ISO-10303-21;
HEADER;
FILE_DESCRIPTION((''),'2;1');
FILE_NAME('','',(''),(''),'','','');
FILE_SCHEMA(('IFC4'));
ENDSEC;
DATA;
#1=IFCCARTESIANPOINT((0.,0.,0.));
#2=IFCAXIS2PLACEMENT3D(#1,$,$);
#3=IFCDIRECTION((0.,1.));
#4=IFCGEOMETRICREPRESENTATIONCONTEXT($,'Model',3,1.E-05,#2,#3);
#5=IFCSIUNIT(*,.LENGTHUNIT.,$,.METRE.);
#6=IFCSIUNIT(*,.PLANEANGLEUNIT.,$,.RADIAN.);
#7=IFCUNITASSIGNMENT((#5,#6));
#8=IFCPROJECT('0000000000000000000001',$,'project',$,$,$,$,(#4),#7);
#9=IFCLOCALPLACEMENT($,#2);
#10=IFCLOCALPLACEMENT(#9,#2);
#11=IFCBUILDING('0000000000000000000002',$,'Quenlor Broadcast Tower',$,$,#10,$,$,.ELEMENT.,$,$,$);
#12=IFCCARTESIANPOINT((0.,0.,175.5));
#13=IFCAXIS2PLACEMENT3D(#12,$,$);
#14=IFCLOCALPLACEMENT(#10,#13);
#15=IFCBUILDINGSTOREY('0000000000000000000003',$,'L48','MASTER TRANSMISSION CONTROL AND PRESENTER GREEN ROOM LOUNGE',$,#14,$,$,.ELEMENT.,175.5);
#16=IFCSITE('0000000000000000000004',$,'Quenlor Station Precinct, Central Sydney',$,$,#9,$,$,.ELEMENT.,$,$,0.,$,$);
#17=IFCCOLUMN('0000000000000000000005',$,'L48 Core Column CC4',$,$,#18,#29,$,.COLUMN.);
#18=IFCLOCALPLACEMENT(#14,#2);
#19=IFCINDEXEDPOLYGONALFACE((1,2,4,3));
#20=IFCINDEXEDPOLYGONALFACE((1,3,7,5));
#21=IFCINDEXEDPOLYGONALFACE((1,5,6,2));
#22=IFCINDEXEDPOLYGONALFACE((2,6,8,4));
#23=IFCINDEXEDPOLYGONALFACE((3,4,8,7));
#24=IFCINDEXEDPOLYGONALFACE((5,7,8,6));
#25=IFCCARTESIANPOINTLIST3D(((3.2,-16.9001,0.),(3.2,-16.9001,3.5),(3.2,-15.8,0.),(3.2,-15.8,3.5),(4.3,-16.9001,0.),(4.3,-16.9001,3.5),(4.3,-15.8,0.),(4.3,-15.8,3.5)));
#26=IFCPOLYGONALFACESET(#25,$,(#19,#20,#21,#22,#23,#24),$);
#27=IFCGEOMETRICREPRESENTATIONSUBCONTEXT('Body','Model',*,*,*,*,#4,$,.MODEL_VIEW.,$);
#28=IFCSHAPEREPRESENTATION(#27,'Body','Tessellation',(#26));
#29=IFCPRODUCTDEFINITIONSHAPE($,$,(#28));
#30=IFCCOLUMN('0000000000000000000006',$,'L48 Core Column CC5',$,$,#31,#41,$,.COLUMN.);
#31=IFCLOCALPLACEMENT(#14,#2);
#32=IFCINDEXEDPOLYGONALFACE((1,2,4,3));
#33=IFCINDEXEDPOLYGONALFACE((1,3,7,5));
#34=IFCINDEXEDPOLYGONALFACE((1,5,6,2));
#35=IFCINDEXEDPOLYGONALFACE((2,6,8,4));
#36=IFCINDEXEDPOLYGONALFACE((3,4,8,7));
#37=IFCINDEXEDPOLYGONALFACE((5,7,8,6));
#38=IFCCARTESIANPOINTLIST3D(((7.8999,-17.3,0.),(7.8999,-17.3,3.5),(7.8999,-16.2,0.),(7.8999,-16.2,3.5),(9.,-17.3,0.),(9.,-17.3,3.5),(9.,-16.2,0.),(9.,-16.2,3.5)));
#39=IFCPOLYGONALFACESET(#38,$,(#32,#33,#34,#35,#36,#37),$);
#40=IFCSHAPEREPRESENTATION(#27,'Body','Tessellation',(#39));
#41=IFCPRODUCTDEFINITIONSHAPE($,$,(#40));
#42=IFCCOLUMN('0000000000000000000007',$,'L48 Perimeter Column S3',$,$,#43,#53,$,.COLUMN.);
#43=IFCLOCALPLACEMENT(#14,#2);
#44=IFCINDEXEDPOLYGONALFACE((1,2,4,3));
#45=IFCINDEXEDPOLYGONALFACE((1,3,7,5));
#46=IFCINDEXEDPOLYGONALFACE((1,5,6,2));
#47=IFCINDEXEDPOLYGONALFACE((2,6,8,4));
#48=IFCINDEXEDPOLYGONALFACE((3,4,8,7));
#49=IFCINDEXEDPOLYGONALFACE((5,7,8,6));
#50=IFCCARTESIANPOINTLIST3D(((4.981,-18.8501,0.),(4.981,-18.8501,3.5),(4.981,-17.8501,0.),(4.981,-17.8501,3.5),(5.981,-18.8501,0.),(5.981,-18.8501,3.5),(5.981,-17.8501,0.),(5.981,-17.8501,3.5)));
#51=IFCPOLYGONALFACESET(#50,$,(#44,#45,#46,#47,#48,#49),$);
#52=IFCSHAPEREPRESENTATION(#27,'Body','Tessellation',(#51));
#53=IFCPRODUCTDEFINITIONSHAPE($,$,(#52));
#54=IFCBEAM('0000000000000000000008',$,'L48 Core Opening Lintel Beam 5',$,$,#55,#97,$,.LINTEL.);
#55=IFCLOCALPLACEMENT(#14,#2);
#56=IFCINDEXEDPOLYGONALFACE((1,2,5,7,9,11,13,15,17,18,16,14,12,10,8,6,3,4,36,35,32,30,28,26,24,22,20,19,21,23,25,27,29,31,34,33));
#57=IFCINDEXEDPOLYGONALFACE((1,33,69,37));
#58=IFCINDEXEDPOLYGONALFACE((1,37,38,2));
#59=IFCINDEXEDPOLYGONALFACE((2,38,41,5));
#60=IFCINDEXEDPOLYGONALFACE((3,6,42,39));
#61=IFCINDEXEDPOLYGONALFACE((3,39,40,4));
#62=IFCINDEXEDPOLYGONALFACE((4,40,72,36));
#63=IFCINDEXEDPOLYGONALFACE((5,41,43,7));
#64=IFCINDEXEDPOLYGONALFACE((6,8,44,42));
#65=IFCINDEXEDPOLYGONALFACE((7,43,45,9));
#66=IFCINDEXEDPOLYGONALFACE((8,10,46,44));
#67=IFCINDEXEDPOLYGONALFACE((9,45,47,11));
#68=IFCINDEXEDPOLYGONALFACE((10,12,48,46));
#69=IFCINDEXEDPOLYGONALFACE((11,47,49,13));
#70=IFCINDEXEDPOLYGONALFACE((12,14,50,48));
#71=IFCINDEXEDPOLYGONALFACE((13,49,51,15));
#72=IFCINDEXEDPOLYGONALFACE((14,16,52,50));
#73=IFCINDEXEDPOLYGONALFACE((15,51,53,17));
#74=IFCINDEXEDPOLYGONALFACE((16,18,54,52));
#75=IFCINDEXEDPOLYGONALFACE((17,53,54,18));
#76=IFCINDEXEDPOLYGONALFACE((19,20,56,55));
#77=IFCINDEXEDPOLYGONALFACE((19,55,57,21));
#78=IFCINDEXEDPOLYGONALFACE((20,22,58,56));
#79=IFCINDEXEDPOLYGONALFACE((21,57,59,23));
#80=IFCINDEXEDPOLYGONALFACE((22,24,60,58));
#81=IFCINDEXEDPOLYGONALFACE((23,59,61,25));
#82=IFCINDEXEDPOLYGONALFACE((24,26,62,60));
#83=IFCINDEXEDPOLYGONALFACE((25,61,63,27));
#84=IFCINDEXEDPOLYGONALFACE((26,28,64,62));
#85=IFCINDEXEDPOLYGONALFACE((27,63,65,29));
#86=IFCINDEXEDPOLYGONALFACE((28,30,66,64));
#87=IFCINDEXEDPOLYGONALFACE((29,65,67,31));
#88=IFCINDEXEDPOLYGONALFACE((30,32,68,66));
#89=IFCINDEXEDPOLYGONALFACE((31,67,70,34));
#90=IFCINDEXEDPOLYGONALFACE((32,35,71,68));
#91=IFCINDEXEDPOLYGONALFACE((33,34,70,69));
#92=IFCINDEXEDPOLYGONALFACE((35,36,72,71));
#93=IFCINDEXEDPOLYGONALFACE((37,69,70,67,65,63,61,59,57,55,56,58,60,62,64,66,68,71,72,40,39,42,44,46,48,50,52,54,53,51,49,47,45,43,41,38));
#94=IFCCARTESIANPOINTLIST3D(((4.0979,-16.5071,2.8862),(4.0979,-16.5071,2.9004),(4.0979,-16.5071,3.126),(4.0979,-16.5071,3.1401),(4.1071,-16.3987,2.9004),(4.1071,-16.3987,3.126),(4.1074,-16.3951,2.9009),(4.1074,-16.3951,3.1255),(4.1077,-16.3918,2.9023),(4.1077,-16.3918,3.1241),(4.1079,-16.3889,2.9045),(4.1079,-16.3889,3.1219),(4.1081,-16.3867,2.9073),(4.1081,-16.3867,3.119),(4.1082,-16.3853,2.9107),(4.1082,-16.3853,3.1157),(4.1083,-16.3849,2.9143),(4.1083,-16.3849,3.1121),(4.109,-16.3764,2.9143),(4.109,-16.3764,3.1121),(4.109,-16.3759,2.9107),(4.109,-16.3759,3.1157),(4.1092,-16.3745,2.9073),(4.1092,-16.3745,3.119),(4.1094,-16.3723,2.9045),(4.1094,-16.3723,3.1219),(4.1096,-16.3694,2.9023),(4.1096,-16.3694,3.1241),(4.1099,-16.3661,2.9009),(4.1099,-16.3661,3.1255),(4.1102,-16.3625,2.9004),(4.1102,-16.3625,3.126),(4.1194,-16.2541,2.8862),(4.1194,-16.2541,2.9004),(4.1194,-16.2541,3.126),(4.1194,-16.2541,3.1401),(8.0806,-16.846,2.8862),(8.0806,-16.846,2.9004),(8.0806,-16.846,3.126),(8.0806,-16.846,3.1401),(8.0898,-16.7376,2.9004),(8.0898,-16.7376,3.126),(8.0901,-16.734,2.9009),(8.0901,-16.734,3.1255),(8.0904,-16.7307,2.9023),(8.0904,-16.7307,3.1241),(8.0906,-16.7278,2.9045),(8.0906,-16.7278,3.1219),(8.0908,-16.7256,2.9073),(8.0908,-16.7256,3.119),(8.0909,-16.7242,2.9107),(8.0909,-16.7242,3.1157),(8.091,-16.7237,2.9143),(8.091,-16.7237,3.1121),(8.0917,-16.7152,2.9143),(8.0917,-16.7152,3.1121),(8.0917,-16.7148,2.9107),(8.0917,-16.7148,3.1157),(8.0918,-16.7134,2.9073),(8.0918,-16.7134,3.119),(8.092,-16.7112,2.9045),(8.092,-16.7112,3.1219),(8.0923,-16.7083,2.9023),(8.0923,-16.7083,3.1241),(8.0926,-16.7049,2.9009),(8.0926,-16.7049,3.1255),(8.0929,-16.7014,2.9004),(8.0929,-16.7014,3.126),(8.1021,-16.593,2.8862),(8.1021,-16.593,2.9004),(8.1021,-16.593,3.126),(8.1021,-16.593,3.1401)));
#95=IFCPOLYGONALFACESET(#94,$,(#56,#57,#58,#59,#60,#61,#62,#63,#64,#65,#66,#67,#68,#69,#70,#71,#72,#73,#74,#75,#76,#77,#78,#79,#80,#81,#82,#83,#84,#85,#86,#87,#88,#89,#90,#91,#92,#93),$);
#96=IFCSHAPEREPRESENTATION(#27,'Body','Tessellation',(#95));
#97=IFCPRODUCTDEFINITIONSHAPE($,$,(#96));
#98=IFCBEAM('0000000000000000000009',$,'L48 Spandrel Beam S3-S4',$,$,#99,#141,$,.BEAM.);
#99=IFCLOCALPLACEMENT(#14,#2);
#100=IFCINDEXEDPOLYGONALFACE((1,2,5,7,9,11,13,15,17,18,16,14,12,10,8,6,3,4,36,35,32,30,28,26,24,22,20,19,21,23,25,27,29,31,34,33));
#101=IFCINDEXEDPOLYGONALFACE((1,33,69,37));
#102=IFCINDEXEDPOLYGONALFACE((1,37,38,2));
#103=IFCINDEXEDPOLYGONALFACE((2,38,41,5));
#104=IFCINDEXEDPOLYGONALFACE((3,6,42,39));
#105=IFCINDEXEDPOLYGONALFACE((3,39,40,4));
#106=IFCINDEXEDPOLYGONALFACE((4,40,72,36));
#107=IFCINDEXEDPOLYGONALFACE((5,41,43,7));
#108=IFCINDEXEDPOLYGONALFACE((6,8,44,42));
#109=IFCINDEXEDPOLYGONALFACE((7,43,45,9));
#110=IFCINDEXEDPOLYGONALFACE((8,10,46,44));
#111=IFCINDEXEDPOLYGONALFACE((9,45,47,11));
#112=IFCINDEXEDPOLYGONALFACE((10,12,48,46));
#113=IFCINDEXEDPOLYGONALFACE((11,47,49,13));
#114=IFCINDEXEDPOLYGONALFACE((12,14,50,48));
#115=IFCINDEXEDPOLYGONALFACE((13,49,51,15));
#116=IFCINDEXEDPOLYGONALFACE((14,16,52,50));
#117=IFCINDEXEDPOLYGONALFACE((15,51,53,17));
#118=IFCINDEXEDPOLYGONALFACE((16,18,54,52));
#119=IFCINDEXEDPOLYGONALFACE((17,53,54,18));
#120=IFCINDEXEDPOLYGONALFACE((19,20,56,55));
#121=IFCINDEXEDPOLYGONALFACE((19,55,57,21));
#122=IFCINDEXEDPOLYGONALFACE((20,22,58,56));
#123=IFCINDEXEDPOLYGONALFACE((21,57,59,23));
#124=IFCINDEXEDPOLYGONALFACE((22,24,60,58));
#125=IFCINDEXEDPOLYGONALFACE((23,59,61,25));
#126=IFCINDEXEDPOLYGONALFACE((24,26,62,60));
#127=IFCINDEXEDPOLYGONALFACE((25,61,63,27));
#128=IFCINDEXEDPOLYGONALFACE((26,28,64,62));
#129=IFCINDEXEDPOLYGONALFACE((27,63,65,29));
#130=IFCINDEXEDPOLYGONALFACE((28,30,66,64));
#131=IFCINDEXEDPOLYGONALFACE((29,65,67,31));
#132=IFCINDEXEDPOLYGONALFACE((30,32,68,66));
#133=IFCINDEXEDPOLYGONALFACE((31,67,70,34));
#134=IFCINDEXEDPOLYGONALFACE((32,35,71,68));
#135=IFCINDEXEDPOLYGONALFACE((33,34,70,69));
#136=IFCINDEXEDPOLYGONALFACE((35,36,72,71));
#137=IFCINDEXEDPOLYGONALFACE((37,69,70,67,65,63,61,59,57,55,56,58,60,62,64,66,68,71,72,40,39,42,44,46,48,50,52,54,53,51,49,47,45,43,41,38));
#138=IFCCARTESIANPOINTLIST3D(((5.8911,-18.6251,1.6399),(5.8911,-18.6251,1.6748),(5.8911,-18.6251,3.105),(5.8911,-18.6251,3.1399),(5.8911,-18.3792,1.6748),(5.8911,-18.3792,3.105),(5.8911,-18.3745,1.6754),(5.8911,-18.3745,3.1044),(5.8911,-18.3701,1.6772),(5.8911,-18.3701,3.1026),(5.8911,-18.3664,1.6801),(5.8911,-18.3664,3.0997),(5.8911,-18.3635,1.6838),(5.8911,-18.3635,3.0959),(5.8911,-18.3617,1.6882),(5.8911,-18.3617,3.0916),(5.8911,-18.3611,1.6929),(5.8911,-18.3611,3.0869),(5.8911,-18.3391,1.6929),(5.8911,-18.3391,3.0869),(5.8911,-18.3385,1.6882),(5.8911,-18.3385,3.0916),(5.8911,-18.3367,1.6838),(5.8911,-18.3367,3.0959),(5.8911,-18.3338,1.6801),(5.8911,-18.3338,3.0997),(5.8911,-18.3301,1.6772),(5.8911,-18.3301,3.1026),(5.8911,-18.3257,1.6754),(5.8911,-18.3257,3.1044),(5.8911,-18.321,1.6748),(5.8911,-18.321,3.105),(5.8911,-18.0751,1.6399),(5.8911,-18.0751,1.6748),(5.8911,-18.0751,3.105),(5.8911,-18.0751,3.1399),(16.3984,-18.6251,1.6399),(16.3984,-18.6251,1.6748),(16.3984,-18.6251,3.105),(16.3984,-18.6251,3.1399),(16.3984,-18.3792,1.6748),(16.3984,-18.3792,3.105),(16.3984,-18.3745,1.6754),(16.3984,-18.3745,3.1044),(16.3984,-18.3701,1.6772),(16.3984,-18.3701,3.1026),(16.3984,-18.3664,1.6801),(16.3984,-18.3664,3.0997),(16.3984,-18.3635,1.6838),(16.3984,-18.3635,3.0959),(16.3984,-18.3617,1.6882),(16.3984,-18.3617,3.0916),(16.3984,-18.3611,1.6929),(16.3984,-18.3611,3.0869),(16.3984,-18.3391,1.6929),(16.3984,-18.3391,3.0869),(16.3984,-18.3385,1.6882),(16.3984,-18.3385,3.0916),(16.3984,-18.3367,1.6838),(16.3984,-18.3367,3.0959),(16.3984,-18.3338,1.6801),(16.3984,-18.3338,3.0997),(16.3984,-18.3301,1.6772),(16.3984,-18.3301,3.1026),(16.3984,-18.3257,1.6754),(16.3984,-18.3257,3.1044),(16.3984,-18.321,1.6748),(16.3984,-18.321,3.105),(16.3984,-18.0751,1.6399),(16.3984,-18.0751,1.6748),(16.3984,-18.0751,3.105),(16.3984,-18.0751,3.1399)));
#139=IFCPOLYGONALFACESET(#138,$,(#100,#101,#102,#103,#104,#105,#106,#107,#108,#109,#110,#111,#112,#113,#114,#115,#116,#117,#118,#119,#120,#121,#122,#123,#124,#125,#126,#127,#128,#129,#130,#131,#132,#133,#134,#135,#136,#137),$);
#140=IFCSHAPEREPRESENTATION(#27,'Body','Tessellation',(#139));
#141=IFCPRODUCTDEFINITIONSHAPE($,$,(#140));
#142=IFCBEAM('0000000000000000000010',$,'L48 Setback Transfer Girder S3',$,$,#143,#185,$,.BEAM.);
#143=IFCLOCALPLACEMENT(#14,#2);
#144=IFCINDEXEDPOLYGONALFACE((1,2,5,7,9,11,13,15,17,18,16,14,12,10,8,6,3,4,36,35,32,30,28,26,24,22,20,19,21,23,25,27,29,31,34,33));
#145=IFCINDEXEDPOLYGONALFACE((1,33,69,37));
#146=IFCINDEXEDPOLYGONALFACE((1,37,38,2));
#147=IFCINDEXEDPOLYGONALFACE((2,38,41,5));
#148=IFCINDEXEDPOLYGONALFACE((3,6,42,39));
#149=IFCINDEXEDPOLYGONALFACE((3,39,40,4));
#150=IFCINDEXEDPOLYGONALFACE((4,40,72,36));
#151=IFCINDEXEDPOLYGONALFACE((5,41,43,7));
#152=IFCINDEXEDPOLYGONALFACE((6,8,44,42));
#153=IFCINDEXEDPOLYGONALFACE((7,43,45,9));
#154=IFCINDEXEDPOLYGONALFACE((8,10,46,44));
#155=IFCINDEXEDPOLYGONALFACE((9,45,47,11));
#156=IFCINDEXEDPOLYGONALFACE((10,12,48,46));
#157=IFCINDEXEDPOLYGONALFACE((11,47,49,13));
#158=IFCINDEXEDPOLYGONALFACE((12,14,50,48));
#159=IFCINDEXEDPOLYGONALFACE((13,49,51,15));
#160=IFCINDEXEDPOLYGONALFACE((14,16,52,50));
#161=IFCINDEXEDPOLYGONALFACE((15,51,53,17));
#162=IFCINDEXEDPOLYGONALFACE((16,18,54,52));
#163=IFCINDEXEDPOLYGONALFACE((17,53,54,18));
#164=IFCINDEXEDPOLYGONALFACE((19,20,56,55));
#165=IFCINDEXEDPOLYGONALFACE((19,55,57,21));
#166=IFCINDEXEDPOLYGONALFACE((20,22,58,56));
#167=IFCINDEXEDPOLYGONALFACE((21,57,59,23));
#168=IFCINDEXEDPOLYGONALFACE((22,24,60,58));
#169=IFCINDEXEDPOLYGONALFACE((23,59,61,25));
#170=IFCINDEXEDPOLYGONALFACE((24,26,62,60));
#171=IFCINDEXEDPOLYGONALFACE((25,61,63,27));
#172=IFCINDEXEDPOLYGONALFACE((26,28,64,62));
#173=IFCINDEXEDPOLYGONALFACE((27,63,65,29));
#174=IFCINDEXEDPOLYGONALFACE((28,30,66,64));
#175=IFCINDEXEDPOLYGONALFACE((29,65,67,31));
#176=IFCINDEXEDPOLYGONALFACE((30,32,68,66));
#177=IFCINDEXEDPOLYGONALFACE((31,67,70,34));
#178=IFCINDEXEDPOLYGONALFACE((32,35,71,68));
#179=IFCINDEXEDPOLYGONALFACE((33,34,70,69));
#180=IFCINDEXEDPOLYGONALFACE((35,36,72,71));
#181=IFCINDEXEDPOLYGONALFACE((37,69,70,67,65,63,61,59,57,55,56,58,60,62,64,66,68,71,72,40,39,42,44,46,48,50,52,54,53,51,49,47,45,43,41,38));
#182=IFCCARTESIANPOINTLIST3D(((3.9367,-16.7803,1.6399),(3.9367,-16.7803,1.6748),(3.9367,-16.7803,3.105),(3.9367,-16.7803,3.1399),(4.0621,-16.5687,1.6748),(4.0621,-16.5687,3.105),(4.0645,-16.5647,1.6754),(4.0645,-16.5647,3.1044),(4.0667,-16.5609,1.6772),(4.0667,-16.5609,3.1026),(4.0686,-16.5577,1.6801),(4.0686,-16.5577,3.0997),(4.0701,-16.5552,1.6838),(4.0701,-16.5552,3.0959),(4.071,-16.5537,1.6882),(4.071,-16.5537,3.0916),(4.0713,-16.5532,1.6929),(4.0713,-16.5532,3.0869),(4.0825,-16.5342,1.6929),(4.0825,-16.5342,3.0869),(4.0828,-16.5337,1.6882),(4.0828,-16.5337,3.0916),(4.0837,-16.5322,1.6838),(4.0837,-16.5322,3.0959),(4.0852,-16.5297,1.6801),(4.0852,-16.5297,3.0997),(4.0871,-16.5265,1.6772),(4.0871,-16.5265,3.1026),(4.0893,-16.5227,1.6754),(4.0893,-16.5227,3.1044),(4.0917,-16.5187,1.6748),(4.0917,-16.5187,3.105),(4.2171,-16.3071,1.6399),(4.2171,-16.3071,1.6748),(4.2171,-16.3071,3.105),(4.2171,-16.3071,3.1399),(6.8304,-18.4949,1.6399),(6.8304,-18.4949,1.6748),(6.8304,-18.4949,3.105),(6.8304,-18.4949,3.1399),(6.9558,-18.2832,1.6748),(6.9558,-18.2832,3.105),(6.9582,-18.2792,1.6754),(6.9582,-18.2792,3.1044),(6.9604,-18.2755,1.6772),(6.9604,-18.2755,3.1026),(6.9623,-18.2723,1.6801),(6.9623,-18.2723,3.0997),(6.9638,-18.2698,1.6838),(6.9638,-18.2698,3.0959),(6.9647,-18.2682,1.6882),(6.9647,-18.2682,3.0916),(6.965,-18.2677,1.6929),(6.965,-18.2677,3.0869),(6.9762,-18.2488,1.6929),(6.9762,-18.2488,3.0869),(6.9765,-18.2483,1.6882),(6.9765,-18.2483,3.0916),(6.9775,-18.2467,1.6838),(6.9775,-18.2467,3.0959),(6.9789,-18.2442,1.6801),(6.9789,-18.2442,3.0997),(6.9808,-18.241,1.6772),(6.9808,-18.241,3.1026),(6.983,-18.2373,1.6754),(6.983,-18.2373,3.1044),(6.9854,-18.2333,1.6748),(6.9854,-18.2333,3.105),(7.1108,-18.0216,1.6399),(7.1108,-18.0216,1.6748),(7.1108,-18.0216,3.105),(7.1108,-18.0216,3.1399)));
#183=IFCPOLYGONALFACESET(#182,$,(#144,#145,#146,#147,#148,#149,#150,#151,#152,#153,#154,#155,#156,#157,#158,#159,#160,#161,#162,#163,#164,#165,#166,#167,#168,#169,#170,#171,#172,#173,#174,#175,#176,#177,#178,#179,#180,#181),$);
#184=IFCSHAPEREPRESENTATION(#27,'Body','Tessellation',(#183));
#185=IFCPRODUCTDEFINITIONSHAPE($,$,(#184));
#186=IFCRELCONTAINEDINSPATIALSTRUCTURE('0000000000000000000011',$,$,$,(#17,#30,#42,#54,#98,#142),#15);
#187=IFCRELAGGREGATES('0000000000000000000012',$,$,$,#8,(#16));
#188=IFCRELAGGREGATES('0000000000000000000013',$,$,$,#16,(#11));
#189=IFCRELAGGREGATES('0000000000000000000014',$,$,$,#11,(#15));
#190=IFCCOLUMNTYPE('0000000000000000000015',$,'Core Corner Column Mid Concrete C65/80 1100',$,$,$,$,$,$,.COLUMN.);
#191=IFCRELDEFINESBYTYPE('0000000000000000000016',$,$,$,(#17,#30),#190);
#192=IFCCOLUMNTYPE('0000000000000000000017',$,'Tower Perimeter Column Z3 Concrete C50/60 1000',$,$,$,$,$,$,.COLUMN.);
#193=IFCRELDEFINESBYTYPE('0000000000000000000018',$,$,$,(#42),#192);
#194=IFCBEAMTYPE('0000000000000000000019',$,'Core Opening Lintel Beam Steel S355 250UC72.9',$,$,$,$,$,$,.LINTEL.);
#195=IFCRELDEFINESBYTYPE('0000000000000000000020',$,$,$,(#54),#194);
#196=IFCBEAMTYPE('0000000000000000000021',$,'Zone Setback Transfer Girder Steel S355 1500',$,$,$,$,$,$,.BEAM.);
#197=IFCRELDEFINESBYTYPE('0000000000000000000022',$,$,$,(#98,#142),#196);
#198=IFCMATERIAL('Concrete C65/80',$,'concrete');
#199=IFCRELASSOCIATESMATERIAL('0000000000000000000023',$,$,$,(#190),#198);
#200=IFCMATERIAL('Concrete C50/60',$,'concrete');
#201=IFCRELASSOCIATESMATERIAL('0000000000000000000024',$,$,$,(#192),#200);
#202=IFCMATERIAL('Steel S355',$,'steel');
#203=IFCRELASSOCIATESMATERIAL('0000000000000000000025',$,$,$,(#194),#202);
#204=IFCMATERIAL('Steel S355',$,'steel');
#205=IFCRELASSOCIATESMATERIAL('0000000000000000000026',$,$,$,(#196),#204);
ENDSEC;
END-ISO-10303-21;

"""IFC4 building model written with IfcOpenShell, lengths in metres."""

from ifc_helpers import new_model, si_unit, direction, frame, origin, origin_2d, place, context, subcontext, project, spatial, rectangle, i_section, extrude, material, material_profile, profile_set, type_object, element, save


model = new_model("IFC4")

# Units and contexts
model_context = context("Model", 3, precision=1e-05, world=origin(), true_north=direction((0.0, 1.0)))
body_context = subcontext(model_context, "Body", "Model", "MODEL_VIEW")
ifc_project = project(units=[si_unit("LENGTHUNIT", "METRE"), si_unit("PLANEANGLEUNIT", "RADIAN")], contexts=[model_context])

# Site, building, storey
site_placement = place(None, origin())
site = spatial("IfcSite", under=ifc_project, at=site_placement, Name="Quenlor Station Precinct, Central Sydney", CompositionType="ELEMENT", RefElevation=0.0)
building_placement = place(site_placement, origin())
building = spatial("IfcBuilding", under=site, at=building_placement, Name="Quenlor Broadcast Tower", CompositionType="ELEMENT")
storey_placement = place(building_placement, frame((0.0, 0.0, 175.5)))
storey = spatial("IfcBuildingStorey", under=building, at=storey_placement, Name="L48", Description="MASTER TRANSMISSION CONTROL AND PRESENTER GREEN ROOM LOUNGE", CompositionType="ELEMENT", Elevation=175.5)

# Columns
ifc_material_1 = material(Name="Concrete C65/80", Category="concrete")
ifc_material_profile_1 = material_profile(ifc_material_1, rectangle(XDim=1.1001, YDim=1.1001, at=origin_2d()))
ifc_profile_set_1 = profile_set([ifc_material_profile_1], Name="Concrete C65/80 RC1100x1100")
column_type_1 = type_object("IfcColumnType", Name="Core Corner Column Mid Concrete C65/80 1100", PredefinedType="COLUMN", material=ifc_profile_set_1)
for number, where, z_axis, x_axis, name in (
    (1, (3.75, -16.3501, 0.0), (0.0, 0.0, 1.0), (1.0, 0.0, 0.0), "L48 Core Column CC4"),
    (2, (8.45, -16.75, 0.0), (0.0, 0.0, 1.0), (1.0, 0.0, 0.0), "L48 Core Column CC5"),
):
    element("IfcColumn", number, at=place(storey_placement, frame(where, z_axis=z_axis, x_axis=x_axis)), inside=storey, type_object=column_type_1, Name=name, PredefinedType="COLUMN", context=body_context, shape_type="SweptSolid", body=[
        extrude(rectangle(XDim=1.1001, YDim=1.1001, at=origin_2d()), origin(), (0.0, 0.0, 1.0), 3.5),
    ])
ifc_material_2 = material(Name="Concrete C50/60", Category="concrete")
ifc_material_profile_2 = material_profile(ifc_material_2, rectangle(XDim=1.0, YDim=1.0, at=origin_2d()))
ifc_profile_set_2 = profile_set([ifc_material_profile_2], Name="Concrete C50/60 RC1000x1000")
column_type_2 = type_object("IfcColumnType", Name="Tower Perimeter Column Z3 Concrete C50/60 1000", PredefinedType="COLUMN", material=ifc_profile_set_2)
column_placement = place(storey_placement, frame((5.481, -18.3501, 0.0), z_axis=(0.0, 0.0, 1.0), x_axis=(0.0, 1.0, 0.0)))
element("IfcColumn", 3, at=column_placement, inside=storey, type_object=column_type_2, Name="L48 Perimeter Column S3", PredefinedType="COLUMN", context=body_context, shape_type="SweptSolid", body=[
    extrude(rectangle(XDim=1.0, YDim=1.0, at=origin_2d()), origin(), (0.0, 0.0, 1.0), 3.5),
])

# Beams
ifc_material_3 = material(Name="Steel S355", Category="steel")
ifc_material_profile_3 = material_profile(ifc_material_3, i_section(OverallWidth=0.2539, OverallDepth=0.2539, WebThickness=0.0085, FlangeThickness=0.0142, FilletRadius=0.0139, at=origin_2d()))
ifc_profile_set_3 = profile_set([ifc_material_profile_3], Name="Steel S355 250UC72.9")
beam_type_1 = type_object("IfcBeamType", Name="Core Opening Lintel Beam Steel S355 250UC72.9", PredefinedType="LINTEL", material=ifc_profile_set_3)
beam_1_placement = place(storey_placement, frame((4.1086, -16.3806, 3.0132), z_axis=(0.9964, -0.084779, 0.0), x_axis=(0.084779, 0.9964, 0.0)))
element("IfcBeam", 4, at=beam_1_placement, inside=storey, type_object=beam_type_1, Name="L48 Core Opening Lintel Beam 5", PredefinedType="LINTEL", context=body_context, shape_type="SweptSolid", body=[
    extrude(i_section(OverallWidth=0.2539, OverallDepth=0.2539, WebThickness=0.0085, FlangeThickness=0.0142, FilletRadius=0.0139, at=origin_2d()), origin(), (0.0, 0.0, 1.0), 3.9971),
])
ifc_material_4 = material(Name="Steel S355", Category="steel")
ifc_material_profile_4 = material_profile(ifc_material_4, i_section(OverallWidth=0.55, OverallDepth=1.5, WebThickness=0.022, FlangeThickness=0.0349, FilletRadius=0.0181, at=origin_2d()))
ifc_profile_set_4 = profile_set([ifc_material_profile_4], Name="Steel S355 1500TG510")
beam_type_2 = type_object("IfcBeamType", Name="Zone Setback Transfer Girder Steel S355 1500", PredefinedType="BEAM", material=ifc_profile_set_4)
beam_2_placement = place(storey_placement, frame((5.8911, -18.3501, 2.3899), z_axis=(1.0, 0.0, 0.0), x_axis=(0.0, 1.0, 0.0)))
element("IfcBeam", 5, at=beam_2_placement, inside=storey, type_object=beam_type_2, Name="L48 Spandrel Beam S3-S4", PredefinedType="BEAM", context=body_context, shape_type="SweptSolid", body=[
    extrude(i_section(OverallWidth=0.55, OverallDepth=1.5, WebThickness=0.022, FlangeThickness=0.0349, FilletRadius=0.0181, at=origin_2d()), origin(), (0.0, 0.0, 1.0), 10.5073),
])
beam_3_placement = place(storey_placement, frame((4.0769, -16.5437, 2.3899), z_axis=(0.860323, -0.509749, 0.0), x_axis=(0.509749, 0.860323, 0.0)))
element("IfcBeam", 6, at=beam_3_placement, inside=storey, type_object=beam_type_2, Name="L48 Setback Transfer Girder S3", PredefinedType="BEAM", context=body_context, shape_type="SweptSolid", body=[
    extrude(i_section(OverallWidth=0.55, OverallDepth=1.5, WebThickness=0.022, FlangeThickness=0.0349, FilletRadius=0.0181, at=origin_2d()), origin(), (0.0, 0.0, 1.0), 3.3635),
])

save(model, "model.ifc")
